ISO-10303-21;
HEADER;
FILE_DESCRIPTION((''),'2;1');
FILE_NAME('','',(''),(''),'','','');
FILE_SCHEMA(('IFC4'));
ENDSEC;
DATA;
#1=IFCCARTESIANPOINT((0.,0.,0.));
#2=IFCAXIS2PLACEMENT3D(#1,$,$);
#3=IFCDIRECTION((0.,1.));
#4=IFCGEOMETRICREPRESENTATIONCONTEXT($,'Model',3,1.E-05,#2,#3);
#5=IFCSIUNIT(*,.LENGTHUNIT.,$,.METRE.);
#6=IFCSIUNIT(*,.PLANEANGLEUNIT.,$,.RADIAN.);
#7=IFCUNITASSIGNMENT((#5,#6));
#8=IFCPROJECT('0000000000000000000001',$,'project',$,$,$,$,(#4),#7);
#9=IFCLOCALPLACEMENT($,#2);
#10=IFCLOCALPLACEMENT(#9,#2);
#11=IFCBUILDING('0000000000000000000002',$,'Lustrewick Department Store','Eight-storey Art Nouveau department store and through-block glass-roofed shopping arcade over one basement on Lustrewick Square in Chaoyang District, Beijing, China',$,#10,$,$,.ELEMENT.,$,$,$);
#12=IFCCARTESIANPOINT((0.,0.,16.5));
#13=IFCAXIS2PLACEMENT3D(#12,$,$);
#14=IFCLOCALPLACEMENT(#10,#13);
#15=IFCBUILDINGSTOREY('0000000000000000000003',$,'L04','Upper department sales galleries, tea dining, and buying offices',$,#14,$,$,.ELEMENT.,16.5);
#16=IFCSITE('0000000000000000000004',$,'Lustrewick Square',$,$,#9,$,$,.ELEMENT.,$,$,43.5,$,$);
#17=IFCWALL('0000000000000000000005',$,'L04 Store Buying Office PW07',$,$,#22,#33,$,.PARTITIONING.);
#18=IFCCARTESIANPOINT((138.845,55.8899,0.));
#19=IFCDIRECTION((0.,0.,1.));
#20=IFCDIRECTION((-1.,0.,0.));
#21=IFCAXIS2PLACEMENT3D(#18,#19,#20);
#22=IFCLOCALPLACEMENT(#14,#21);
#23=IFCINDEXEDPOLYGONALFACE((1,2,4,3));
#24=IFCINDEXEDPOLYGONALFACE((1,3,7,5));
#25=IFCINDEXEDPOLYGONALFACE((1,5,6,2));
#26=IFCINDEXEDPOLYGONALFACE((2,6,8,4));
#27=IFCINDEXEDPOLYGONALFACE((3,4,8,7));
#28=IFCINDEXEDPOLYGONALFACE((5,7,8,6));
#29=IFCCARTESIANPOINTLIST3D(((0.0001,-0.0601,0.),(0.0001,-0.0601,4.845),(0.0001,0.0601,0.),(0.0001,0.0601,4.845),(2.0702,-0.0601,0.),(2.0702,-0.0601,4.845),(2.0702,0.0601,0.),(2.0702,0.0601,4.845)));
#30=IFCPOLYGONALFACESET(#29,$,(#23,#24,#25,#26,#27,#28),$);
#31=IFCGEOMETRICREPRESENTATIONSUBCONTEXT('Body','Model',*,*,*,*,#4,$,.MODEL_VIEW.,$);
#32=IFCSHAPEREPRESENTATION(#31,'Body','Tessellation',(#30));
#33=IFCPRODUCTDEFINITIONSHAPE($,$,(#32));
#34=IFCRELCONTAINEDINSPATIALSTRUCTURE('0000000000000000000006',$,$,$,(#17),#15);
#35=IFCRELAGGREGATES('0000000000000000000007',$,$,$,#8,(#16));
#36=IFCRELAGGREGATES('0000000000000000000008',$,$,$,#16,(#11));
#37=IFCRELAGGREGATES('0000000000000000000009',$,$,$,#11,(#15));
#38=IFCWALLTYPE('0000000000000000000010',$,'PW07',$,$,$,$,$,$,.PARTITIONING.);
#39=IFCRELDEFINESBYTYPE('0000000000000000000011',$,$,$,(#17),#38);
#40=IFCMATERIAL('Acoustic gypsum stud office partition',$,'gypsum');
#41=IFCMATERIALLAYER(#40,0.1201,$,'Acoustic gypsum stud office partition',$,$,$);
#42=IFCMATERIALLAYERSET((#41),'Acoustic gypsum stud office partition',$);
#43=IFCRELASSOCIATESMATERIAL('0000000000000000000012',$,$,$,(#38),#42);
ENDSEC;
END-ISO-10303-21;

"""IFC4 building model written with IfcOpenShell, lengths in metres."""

from ifc_helpers import new_model, si_unit, direction, frame, frame_2d, origin, place, context, subcontext, project, spatial, rectangle, extrude, material, layer, layer_set, type_object, element, save


model = new_model("IFC4")

# Units and contexts
model_context = context("Model", 3, precision=1e-05, world=origin(), true_north=direction((0.0, 1.0)))
body_context = subcontext(model_context, "Body", "Model", "MODEL_VIEW")
ifc_project = project(units=[si_unit("LENGTHUNIT", "METRE"), si_unit("PLANEANGLEUNIT", "RADIAN")], contexts=[model_context])

# Site, building, storey
site_placement = place(None, origin())
site = spatial("IfcSite", under=ifc_project, at=site_placement, Name="Lustrewick Square", CompositionType="ELEMENT", RefElevation=43.5)
building_placement = place(site_placement, origin())
building = spatial("IfcBuilding", under=site, at=building_placement, Name="Lustrewick Department Store", Description="Eight-storey Art Nouveau department store and through-block glass-roofed shopping arcade over one basement on Lustrewick Square in Chaoyang District, Beijing, China", CompositionType="ELEMENT")
storey_placement = place(building_placement, frame((0.0, 0.0, 16.5)))
storey = spatial("IfcBuildingStorey", under=building, at=storey_placement, Name="L04", Description="Upper department sales galleries, tea dining, and buying offices", CompositionType="ELEMENT", Elevation=16.5)

# Shared definitions
ifc_material_1 = material(Name="Acoustic gypsum stud office partition", Category="gypsum")
ifc_layer_1 = layer(ifc_material_1, 0.1201, Name="Acoustic gypsum stud office partition")
ifc_layer_set_1 = layer_set([ifc_layer_1], Name="Acoustic gypsum stud office partition")
wall_type_1 = type_object("IfcWallType", Name="PW07", PredefinedType="PARTITIONING", material=ifc_layer_set_1)

# Wall
wall_1_placement = place(storey_placement, frame((138.845, 55.8899, 0.0), z_axis=(0.0, 0.0, 1.0), x_axis=(-1.0, 0.0, 0.0)))
element("IfcWall", 1, at=wall_1_placement, inside=storey, type_object=wall_type_1, Name="L04 Store Buying Office PW07", PredefinedType="PARTITIONING", context=body_context, shape_type="SweptSolid", body=[
    extrude(rectangle(XDim=2.0701, YDim=0.1201, at=frame_2d((1.0352, 0.0))), origin(), (0.0, 0.0, 1.0), 4.845),
])

save(model, "model.ifc")
